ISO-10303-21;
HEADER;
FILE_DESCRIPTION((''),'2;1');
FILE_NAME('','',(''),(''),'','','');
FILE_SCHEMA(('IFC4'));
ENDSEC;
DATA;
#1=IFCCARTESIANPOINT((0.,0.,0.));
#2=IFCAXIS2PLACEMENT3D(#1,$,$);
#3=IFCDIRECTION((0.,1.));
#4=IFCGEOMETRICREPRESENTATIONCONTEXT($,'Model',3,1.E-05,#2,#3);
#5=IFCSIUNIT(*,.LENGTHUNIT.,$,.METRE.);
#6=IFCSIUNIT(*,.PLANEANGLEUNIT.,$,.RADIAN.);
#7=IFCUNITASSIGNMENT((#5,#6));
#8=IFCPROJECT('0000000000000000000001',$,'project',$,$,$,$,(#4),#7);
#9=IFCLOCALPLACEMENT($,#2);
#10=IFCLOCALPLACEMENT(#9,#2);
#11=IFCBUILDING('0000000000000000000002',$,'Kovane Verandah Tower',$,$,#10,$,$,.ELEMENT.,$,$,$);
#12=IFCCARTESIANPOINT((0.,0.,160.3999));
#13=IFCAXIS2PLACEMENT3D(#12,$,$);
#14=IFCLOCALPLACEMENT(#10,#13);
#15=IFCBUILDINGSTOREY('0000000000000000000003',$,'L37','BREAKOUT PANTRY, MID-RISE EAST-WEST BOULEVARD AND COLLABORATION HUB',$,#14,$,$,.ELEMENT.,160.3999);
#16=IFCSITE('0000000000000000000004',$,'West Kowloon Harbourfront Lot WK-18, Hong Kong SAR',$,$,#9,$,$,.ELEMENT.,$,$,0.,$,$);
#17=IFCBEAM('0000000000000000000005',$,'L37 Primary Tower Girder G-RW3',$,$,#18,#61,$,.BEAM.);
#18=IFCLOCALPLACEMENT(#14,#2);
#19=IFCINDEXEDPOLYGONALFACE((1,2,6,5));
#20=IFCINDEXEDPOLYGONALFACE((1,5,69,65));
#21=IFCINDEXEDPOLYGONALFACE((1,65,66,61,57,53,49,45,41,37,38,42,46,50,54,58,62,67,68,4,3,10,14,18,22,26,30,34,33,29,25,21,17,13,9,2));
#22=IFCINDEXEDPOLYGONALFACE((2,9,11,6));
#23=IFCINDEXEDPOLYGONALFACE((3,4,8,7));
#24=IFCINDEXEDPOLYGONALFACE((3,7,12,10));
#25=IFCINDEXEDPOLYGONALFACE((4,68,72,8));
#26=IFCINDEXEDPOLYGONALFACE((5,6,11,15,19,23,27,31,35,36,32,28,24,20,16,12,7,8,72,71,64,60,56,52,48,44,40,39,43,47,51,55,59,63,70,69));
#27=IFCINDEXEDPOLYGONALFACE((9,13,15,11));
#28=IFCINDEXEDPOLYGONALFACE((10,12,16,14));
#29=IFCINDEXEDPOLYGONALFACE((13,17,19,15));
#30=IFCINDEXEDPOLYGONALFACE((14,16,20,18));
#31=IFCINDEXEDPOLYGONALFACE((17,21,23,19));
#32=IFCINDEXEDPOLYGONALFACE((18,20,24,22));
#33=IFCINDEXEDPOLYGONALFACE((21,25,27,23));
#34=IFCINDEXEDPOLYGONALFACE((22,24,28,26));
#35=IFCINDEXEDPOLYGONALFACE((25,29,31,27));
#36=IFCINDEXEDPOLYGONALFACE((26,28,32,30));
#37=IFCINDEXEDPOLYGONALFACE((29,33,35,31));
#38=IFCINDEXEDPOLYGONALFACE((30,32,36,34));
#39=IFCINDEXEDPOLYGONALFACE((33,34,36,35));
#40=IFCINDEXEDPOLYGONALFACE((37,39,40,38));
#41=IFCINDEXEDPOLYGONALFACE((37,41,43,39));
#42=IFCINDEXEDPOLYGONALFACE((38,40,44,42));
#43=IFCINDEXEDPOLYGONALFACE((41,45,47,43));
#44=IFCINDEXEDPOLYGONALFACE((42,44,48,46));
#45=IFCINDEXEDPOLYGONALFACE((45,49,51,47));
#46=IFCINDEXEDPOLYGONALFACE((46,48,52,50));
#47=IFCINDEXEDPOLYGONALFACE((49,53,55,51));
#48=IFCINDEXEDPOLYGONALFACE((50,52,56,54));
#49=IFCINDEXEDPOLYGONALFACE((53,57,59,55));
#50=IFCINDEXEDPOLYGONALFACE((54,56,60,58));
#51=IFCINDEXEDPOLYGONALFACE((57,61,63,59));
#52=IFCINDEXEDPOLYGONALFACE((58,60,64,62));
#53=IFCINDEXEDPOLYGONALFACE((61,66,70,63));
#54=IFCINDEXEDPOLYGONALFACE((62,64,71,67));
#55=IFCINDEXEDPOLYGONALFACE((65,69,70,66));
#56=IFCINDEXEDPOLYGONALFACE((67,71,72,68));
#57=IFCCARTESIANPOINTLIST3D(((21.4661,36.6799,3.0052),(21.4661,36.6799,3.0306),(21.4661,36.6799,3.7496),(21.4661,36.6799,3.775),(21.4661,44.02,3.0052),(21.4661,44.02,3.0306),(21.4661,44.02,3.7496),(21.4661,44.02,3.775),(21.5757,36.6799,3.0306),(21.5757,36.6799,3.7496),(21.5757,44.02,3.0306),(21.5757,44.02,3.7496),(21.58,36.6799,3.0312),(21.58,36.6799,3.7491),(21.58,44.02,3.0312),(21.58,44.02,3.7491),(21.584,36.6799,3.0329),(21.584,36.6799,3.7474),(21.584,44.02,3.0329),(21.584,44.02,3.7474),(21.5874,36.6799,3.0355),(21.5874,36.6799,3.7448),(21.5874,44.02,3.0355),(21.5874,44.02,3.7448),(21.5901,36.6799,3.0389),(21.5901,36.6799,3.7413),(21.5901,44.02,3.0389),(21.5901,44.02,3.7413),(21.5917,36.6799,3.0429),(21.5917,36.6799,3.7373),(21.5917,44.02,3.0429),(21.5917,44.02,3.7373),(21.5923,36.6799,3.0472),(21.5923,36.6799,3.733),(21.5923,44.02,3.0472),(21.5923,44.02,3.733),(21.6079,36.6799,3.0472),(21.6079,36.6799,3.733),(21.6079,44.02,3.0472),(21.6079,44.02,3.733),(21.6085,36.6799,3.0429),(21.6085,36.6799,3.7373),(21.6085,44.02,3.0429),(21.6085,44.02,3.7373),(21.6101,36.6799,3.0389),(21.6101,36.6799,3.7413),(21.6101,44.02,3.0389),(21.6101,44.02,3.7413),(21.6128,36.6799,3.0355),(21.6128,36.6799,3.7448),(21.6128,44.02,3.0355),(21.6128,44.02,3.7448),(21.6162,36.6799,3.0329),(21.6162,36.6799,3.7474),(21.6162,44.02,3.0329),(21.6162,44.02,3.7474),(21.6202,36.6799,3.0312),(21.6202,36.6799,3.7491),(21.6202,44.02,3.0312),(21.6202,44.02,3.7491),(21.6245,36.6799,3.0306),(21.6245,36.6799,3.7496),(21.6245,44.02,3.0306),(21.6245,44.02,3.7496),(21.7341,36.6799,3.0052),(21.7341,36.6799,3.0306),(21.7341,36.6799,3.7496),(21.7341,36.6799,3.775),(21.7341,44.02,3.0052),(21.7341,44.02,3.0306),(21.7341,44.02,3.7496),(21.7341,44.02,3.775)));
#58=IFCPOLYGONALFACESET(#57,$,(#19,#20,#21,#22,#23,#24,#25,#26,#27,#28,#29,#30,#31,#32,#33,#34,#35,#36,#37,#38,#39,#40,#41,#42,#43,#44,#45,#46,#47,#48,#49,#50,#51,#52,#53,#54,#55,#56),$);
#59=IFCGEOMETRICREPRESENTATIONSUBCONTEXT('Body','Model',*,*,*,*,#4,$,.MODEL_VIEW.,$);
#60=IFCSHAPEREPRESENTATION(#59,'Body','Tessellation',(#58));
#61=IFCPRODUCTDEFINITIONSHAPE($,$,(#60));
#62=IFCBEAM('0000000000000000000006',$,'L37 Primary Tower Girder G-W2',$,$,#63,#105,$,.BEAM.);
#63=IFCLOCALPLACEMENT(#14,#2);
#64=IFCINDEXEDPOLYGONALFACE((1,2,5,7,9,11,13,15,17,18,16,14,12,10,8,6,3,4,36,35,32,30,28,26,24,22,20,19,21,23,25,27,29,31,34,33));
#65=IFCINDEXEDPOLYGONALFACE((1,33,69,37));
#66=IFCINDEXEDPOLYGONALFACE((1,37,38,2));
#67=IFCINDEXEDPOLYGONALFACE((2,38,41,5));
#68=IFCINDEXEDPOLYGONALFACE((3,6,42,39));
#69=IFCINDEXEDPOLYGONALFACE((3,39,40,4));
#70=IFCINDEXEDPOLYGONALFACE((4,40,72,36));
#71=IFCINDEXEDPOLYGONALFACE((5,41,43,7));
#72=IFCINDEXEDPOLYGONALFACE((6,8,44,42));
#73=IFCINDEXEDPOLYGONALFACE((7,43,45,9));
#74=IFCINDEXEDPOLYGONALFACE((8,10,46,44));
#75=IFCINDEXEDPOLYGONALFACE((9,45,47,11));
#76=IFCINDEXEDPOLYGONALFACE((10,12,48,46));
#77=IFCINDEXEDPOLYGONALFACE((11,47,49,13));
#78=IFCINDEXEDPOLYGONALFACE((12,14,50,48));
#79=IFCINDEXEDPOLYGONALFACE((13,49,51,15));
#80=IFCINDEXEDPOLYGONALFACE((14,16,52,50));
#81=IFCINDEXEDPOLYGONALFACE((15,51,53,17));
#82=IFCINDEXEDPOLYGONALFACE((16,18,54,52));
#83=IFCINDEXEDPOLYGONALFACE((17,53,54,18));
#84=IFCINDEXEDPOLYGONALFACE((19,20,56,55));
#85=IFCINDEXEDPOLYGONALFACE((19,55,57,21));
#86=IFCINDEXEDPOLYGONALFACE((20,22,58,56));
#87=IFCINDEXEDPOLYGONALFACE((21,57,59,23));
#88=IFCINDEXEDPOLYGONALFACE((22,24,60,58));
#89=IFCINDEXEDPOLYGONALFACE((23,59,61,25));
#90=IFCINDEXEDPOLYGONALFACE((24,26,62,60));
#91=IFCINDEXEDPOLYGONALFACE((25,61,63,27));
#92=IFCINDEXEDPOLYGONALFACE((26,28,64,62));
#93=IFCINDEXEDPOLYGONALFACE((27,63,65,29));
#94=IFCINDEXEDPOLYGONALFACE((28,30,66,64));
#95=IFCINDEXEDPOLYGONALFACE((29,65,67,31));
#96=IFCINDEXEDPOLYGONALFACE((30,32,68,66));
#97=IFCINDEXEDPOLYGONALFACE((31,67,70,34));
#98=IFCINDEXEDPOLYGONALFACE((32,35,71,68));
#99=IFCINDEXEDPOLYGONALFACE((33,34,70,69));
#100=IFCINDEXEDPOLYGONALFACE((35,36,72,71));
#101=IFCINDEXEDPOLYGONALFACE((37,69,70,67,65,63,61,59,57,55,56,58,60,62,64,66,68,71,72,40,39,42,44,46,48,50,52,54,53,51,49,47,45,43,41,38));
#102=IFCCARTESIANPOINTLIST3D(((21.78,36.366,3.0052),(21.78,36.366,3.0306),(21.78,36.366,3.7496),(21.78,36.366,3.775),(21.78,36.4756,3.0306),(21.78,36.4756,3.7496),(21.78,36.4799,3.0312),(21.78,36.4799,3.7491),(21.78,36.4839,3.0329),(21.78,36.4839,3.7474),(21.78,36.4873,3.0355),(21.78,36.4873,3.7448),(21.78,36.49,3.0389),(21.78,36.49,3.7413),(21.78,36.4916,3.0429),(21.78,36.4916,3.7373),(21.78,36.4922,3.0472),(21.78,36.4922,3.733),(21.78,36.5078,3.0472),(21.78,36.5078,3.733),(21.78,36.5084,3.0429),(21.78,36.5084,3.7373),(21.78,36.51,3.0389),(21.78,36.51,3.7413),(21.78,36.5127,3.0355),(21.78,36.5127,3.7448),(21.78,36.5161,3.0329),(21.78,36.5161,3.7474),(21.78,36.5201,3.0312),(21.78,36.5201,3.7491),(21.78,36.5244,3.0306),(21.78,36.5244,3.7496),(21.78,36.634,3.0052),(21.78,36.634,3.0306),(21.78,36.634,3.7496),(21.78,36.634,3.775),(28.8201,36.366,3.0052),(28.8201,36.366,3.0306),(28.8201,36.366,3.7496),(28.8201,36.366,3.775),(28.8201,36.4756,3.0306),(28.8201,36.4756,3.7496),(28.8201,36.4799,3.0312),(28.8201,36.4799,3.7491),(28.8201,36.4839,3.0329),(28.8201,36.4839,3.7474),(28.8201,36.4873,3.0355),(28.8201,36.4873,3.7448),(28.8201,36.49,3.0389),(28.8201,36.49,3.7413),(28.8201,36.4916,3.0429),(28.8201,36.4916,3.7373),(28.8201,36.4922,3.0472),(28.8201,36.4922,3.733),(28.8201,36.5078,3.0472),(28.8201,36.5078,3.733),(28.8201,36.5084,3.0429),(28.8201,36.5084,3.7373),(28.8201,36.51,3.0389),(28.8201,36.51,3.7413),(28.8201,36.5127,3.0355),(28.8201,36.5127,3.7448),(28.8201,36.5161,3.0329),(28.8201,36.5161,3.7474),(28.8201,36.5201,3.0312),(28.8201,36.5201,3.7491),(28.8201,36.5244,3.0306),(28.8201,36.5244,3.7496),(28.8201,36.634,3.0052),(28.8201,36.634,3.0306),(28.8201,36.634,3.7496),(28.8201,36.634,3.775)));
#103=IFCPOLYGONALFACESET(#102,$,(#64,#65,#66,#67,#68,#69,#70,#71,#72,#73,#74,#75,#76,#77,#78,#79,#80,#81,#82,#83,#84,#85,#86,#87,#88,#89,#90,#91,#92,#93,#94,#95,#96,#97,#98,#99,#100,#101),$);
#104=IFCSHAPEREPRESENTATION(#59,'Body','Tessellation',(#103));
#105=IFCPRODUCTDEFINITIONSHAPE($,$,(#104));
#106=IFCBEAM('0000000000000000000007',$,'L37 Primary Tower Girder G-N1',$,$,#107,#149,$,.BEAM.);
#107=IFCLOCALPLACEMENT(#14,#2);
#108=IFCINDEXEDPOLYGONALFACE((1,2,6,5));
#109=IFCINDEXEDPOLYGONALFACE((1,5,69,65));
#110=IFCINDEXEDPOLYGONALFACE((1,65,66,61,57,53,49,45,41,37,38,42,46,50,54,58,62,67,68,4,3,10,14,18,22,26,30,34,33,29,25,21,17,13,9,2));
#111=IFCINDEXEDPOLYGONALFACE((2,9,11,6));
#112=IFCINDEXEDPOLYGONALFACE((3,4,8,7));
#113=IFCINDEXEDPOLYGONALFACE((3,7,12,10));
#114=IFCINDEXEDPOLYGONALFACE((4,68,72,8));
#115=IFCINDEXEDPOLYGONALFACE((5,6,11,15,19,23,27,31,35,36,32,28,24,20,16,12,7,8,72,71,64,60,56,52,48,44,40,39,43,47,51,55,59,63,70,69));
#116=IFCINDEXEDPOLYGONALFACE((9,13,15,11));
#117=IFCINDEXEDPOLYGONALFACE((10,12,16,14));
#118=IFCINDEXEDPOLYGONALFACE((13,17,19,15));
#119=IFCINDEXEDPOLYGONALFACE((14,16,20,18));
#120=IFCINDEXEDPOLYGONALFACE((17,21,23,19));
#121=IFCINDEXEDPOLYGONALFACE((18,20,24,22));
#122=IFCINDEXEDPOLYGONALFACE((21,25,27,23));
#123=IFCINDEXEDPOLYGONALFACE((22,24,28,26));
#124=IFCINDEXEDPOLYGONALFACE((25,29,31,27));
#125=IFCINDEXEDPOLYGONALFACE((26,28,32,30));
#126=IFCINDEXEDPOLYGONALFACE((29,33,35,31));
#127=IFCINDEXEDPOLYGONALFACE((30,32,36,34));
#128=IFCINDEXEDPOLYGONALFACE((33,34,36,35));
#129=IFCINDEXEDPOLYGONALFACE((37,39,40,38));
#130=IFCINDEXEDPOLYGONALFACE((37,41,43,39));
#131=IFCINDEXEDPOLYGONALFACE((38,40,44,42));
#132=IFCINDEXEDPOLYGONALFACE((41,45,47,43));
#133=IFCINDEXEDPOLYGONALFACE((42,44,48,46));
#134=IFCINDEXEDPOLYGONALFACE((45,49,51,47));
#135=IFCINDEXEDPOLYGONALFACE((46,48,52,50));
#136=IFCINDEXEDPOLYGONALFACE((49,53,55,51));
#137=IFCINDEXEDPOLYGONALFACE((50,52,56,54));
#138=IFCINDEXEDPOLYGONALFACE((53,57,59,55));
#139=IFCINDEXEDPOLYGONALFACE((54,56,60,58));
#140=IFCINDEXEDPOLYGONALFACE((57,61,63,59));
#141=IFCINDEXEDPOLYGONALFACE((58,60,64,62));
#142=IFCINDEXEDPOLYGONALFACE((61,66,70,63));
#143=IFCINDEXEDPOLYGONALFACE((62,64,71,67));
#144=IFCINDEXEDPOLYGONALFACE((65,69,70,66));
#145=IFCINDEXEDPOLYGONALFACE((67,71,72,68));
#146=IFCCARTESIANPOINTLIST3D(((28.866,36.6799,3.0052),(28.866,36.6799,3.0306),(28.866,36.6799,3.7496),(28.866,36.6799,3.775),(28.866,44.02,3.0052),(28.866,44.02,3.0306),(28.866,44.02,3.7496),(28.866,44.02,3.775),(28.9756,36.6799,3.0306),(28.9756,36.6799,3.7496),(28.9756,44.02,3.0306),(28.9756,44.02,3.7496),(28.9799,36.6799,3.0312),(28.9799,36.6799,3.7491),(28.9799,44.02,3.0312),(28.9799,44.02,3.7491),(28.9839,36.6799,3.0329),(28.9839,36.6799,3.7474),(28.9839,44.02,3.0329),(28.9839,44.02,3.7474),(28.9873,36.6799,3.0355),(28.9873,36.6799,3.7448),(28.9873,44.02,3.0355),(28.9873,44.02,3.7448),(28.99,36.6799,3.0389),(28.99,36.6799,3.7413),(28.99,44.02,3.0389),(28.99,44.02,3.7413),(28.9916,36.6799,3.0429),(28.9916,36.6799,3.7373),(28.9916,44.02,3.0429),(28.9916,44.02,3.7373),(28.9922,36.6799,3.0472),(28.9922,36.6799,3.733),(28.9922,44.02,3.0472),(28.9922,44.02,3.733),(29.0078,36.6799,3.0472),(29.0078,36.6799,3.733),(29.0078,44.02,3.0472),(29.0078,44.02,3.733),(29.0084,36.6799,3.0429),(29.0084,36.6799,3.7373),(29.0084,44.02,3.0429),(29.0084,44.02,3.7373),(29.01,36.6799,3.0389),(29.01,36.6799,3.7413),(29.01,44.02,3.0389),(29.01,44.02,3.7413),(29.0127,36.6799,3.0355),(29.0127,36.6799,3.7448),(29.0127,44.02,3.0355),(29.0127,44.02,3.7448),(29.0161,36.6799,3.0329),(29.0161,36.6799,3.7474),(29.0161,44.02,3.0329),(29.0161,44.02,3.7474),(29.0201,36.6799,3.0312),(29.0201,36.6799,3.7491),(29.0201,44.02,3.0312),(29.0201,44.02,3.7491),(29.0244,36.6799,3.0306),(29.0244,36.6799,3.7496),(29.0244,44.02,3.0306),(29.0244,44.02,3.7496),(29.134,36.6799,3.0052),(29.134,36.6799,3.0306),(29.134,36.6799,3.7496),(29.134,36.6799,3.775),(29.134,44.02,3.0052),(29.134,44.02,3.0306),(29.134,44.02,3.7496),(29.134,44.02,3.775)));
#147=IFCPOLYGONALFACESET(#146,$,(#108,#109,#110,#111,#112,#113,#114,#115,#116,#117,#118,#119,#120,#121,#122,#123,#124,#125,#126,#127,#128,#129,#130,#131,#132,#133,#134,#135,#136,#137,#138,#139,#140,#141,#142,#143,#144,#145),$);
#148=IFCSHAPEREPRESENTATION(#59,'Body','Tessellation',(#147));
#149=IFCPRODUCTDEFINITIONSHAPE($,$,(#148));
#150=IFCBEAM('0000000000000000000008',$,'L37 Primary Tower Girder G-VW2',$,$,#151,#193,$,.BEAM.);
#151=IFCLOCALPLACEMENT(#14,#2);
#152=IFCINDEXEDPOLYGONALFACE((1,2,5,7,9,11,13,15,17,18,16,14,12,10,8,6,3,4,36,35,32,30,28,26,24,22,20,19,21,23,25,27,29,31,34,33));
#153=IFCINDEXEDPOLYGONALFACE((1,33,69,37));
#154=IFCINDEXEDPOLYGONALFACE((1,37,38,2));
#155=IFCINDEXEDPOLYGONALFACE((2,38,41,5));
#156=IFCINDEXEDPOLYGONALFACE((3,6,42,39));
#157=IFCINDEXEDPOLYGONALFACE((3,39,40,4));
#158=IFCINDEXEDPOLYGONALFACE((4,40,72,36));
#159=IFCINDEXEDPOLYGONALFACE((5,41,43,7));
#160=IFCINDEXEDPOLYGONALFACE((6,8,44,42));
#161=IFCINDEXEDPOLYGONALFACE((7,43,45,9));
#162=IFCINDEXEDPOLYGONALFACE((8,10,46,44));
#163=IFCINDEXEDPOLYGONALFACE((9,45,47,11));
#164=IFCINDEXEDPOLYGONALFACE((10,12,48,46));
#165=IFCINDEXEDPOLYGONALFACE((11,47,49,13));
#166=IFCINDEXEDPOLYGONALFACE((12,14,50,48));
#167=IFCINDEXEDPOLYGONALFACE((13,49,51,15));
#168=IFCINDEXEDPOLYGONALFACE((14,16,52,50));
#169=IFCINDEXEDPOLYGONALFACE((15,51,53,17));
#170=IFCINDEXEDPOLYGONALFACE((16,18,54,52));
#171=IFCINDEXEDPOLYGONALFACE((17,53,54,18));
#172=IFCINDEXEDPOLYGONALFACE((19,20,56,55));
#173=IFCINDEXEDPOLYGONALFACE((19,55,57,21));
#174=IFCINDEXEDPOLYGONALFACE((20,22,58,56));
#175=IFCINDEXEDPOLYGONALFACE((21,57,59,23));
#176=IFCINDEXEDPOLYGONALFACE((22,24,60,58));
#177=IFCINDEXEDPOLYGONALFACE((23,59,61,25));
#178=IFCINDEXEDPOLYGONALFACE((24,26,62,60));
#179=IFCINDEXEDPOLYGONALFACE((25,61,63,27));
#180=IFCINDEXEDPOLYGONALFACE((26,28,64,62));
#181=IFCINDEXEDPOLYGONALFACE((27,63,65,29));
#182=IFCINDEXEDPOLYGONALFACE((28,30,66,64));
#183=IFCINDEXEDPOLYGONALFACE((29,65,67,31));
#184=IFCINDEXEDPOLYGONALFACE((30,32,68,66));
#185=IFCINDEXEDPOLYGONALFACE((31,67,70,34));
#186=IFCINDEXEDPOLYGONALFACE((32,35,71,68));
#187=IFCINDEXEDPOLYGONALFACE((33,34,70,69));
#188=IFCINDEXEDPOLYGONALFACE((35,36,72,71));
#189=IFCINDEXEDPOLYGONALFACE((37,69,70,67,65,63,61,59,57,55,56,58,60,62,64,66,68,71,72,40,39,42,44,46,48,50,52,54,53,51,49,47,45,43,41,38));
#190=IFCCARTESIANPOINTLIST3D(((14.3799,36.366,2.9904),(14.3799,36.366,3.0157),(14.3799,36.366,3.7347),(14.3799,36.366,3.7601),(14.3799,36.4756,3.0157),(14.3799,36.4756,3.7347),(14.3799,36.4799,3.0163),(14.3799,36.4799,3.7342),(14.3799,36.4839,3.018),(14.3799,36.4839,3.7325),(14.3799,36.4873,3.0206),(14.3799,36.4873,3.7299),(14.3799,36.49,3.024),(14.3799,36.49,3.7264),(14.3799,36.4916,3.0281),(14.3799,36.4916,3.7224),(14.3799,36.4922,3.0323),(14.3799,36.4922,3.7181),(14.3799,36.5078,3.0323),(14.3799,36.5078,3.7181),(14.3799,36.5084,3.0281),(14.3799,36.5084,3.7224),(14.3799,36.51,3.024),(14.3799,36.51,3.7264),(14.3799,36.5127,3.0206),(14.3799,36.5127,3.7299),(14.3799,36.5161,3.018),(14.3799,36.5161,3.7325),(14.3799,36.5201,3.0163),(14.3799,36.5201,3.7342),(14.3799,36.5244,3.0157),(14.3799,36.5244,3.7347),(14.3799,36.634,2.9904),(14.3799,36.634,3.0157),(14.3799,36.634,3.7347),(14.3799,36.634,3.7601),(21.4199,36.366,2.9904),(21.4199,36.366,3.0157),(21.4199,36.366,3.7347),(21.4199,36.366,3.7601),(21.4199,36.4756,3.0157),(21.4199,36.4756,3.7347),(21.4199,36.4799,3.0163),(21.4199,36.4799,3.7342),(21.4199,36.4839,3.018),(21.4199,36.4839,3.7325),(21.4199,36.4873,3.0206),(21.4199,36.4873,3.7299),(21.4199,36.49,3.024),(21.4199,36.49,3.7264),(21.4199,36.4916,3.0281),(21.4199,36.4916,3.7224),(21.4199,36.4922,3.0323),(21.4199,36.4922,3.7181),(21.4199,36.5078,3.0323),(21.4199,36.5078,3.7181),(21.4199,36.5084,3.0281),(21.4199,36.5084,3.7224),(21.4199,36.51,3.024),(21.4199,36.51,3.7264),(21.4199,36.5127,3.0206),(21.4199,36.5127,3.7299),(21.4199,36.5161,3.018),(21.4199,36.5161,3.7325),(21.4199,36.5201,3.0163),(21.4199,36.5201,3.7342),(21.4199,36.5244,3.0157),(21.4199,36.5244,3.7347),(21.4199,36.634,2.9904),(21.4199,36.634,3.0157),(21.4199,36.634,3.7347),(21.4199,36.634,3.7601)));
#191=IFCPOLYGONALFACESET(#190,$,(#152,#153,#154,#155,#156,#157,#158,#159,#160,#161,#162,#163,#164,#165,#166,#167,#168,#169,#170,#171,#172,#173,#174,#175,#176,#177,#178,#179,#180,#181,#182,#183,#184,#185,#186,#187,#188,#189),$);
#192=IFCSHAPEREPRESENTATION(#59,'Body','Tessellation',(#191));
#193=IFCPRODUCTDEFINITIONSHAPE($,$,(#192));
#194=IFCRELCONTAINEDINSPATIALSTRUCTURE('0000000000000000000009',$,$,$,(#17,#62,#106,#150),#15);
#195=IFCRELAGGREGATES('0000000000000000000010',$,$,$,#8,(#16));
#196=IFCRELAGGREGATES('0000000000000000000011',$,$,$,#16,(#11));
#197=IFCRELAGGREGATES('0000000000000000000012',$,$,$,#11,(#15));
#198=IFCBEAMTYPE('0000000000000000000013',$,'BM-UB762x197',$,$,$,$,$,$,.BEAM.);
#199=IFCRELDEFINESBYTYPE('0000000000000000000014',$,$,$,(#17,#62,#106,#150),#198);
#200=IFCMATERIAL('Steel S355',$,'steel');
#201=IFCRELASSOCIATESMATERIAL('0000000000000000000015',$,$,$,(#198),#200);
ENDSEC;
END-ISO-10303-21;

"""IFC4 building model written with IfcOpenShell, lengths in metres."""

from ifc_helpers import new_model, si_unit, direction, frame, origin, origin_2d, place, context, subcontext, project, spatial, i_section, extrude, material, material_profile, profile_set, type_object, element, save


model = new_model("IFC4")

# Units and contexts
model_context = context("Model", 3, precision=1e-05, world=origin(), true_north=direction((0.0, 1.0)))
body_context = subcontext(model_context, "Body", "Model", "MODEL_VIEW")
ifc_project = project(units=[si_unit("LENGTHUNIT", "METRE"), si_unit("PLANEANGLEUNIT", "RADIAN")], contexts=[model_context])

# Site, building, storey
site_placement = place(None, origin())
site = spatial("IfcSite", under=ifc_project, at=site_placement, Name="West Kowloon Harbourfront Lot WK-18, Hong Kong SAR", CompositionType="ELEMENT", RefElevation=0.0)
building_placement = place(site_placement, origin())
building = spatial("IfcBuilding", under=site, at=building_placement, Name="Kovane Verandah Tower", CompositionType="ELEMENT")
storey_placement = place(building_placement, frame((0.0, 0.0, 160.3999)))
storey = spatial("IfcBuildingStorey", under=building, at=storey_placement, Name="L37", Description="BREAKOUT PANTRY, MID-RISE EAST-WEST BOULEVARD AND COLLABORATION HUB", CompositionType="ELEMENT", Elevation=160.3999)

# Beams
ifc_material_1 = material(Name="Steel S355", Category="steel")
ifc_material_profile_1 = material_profile(ifc_material_1, i_section(OverallWidth=0.2681, OverallDepth=0.7698, WebThickness=0.0156, FlangeThickness=0.0254, FilletRadius=0.0166, at=origin_2d()), Name="UB762x267x197")
ifc_profile_set_1 = profile_set([ifc_material_profile_1], Name="Steel S355")
beam_type_1 = type_object("IfcBeamType", Name="BM-UB762x197", PredefinedType="BEAM", material=ifc_profile_set_1)
beam_1_placement = place(storey_placement, frame((21.6001, 36.6799, 3.3901), z_axis=(0.0, 1.0, 0.0), x_axis=(-1.0, 0.0, 0.0)))
element("IfcBeam", 1, at=beam_1_placement, inside=storey, type_object=beam_type_1, Name="L37 Primary Tower Girder G-RW3", PredefinedType="BEAM", context=body_context, shape_type="SweptSolid", body=[
    extrude(i_section(OverallWidth=0.2681, OverallDepth=0.7698, WebThickness=0.0156, FlangeThickness=0.0254, FilletRadius=0.0166, at=origin_2d()), origin(), (0.0, 0.0, 1.0), 7.3401),
])
beam_2_placement = place(storey_placement, frame((28.8201, 36.5, 3.3901), z_axis=(-1.0, 0.0, 0.0), x_axis=(0.0, -1.0, 0.0)))
element("IfcBeam", 2, at=beam_2_placement, inside=storey, type_object=beam_type_1, Name="L37 Primary Tower Girder G-W2", PredefinedType="BEAM", context=body_context, shape_type="SweptSolid", body=[
    extrude(i_section(OverallWidth=0.2681, OverallDepth=0.7698, WebThickness=0.0156, FlangeThickness=0.0254, FilletRadius=0.0166, at=origin_2d()), origin(), (0.0, 0.0, 1.0), 7.04),
])
beam_3_placement = place(storey_placement, frame((29.0, 36.6799, 3.3901), z_axis=(0.0, 1.0, 0.0), x_axis=(-1.0, 0.0, 0.0)))
element("IfcBeam", 3, at=beam_3_placement, inside=storey, type_object=beam_type_1, Name="L37 Primary Tower Girder G-N1", PredefinedType="BEAM", context=body_context, shape_type="SweptSolid", body=[
    extrude(i_section(OverallWidth=0.2681, OverallDepth=0.7698, WebThickness=0.0156, FlangeThickness=0.0254, FilletRadius=0.0166, at=origin_2d()), origin(), (0.0, 0.0, 1.0), 7.3401),
])
beam_4_placement = place(storey_placement, frame((21.4199, 36.5, 3.3752), z_axis=(-1.0, 0.0, 0.0), x_axis=(0.0, -1.0, 0.0)))
element("IfcBeam", 4, at=beam_4_placement, inside=storey, type_object=beam_type_1, Name="L37 Primary Tower Girder G-VW2", PredefinedType="BEAM", context=body_context, shape_type="SweptSolid", body=[
    extrude(i_section(OverallWidth=0.2681, OverallDepth=0.7698, WebThickness=0.0156, FlangeThickness=0.0254, FilletRadius=0.0166, at=origin_2d()), origin(), (0.0, 0.0, 1.0), 7.04),
])

save(model, "model.ifc")
